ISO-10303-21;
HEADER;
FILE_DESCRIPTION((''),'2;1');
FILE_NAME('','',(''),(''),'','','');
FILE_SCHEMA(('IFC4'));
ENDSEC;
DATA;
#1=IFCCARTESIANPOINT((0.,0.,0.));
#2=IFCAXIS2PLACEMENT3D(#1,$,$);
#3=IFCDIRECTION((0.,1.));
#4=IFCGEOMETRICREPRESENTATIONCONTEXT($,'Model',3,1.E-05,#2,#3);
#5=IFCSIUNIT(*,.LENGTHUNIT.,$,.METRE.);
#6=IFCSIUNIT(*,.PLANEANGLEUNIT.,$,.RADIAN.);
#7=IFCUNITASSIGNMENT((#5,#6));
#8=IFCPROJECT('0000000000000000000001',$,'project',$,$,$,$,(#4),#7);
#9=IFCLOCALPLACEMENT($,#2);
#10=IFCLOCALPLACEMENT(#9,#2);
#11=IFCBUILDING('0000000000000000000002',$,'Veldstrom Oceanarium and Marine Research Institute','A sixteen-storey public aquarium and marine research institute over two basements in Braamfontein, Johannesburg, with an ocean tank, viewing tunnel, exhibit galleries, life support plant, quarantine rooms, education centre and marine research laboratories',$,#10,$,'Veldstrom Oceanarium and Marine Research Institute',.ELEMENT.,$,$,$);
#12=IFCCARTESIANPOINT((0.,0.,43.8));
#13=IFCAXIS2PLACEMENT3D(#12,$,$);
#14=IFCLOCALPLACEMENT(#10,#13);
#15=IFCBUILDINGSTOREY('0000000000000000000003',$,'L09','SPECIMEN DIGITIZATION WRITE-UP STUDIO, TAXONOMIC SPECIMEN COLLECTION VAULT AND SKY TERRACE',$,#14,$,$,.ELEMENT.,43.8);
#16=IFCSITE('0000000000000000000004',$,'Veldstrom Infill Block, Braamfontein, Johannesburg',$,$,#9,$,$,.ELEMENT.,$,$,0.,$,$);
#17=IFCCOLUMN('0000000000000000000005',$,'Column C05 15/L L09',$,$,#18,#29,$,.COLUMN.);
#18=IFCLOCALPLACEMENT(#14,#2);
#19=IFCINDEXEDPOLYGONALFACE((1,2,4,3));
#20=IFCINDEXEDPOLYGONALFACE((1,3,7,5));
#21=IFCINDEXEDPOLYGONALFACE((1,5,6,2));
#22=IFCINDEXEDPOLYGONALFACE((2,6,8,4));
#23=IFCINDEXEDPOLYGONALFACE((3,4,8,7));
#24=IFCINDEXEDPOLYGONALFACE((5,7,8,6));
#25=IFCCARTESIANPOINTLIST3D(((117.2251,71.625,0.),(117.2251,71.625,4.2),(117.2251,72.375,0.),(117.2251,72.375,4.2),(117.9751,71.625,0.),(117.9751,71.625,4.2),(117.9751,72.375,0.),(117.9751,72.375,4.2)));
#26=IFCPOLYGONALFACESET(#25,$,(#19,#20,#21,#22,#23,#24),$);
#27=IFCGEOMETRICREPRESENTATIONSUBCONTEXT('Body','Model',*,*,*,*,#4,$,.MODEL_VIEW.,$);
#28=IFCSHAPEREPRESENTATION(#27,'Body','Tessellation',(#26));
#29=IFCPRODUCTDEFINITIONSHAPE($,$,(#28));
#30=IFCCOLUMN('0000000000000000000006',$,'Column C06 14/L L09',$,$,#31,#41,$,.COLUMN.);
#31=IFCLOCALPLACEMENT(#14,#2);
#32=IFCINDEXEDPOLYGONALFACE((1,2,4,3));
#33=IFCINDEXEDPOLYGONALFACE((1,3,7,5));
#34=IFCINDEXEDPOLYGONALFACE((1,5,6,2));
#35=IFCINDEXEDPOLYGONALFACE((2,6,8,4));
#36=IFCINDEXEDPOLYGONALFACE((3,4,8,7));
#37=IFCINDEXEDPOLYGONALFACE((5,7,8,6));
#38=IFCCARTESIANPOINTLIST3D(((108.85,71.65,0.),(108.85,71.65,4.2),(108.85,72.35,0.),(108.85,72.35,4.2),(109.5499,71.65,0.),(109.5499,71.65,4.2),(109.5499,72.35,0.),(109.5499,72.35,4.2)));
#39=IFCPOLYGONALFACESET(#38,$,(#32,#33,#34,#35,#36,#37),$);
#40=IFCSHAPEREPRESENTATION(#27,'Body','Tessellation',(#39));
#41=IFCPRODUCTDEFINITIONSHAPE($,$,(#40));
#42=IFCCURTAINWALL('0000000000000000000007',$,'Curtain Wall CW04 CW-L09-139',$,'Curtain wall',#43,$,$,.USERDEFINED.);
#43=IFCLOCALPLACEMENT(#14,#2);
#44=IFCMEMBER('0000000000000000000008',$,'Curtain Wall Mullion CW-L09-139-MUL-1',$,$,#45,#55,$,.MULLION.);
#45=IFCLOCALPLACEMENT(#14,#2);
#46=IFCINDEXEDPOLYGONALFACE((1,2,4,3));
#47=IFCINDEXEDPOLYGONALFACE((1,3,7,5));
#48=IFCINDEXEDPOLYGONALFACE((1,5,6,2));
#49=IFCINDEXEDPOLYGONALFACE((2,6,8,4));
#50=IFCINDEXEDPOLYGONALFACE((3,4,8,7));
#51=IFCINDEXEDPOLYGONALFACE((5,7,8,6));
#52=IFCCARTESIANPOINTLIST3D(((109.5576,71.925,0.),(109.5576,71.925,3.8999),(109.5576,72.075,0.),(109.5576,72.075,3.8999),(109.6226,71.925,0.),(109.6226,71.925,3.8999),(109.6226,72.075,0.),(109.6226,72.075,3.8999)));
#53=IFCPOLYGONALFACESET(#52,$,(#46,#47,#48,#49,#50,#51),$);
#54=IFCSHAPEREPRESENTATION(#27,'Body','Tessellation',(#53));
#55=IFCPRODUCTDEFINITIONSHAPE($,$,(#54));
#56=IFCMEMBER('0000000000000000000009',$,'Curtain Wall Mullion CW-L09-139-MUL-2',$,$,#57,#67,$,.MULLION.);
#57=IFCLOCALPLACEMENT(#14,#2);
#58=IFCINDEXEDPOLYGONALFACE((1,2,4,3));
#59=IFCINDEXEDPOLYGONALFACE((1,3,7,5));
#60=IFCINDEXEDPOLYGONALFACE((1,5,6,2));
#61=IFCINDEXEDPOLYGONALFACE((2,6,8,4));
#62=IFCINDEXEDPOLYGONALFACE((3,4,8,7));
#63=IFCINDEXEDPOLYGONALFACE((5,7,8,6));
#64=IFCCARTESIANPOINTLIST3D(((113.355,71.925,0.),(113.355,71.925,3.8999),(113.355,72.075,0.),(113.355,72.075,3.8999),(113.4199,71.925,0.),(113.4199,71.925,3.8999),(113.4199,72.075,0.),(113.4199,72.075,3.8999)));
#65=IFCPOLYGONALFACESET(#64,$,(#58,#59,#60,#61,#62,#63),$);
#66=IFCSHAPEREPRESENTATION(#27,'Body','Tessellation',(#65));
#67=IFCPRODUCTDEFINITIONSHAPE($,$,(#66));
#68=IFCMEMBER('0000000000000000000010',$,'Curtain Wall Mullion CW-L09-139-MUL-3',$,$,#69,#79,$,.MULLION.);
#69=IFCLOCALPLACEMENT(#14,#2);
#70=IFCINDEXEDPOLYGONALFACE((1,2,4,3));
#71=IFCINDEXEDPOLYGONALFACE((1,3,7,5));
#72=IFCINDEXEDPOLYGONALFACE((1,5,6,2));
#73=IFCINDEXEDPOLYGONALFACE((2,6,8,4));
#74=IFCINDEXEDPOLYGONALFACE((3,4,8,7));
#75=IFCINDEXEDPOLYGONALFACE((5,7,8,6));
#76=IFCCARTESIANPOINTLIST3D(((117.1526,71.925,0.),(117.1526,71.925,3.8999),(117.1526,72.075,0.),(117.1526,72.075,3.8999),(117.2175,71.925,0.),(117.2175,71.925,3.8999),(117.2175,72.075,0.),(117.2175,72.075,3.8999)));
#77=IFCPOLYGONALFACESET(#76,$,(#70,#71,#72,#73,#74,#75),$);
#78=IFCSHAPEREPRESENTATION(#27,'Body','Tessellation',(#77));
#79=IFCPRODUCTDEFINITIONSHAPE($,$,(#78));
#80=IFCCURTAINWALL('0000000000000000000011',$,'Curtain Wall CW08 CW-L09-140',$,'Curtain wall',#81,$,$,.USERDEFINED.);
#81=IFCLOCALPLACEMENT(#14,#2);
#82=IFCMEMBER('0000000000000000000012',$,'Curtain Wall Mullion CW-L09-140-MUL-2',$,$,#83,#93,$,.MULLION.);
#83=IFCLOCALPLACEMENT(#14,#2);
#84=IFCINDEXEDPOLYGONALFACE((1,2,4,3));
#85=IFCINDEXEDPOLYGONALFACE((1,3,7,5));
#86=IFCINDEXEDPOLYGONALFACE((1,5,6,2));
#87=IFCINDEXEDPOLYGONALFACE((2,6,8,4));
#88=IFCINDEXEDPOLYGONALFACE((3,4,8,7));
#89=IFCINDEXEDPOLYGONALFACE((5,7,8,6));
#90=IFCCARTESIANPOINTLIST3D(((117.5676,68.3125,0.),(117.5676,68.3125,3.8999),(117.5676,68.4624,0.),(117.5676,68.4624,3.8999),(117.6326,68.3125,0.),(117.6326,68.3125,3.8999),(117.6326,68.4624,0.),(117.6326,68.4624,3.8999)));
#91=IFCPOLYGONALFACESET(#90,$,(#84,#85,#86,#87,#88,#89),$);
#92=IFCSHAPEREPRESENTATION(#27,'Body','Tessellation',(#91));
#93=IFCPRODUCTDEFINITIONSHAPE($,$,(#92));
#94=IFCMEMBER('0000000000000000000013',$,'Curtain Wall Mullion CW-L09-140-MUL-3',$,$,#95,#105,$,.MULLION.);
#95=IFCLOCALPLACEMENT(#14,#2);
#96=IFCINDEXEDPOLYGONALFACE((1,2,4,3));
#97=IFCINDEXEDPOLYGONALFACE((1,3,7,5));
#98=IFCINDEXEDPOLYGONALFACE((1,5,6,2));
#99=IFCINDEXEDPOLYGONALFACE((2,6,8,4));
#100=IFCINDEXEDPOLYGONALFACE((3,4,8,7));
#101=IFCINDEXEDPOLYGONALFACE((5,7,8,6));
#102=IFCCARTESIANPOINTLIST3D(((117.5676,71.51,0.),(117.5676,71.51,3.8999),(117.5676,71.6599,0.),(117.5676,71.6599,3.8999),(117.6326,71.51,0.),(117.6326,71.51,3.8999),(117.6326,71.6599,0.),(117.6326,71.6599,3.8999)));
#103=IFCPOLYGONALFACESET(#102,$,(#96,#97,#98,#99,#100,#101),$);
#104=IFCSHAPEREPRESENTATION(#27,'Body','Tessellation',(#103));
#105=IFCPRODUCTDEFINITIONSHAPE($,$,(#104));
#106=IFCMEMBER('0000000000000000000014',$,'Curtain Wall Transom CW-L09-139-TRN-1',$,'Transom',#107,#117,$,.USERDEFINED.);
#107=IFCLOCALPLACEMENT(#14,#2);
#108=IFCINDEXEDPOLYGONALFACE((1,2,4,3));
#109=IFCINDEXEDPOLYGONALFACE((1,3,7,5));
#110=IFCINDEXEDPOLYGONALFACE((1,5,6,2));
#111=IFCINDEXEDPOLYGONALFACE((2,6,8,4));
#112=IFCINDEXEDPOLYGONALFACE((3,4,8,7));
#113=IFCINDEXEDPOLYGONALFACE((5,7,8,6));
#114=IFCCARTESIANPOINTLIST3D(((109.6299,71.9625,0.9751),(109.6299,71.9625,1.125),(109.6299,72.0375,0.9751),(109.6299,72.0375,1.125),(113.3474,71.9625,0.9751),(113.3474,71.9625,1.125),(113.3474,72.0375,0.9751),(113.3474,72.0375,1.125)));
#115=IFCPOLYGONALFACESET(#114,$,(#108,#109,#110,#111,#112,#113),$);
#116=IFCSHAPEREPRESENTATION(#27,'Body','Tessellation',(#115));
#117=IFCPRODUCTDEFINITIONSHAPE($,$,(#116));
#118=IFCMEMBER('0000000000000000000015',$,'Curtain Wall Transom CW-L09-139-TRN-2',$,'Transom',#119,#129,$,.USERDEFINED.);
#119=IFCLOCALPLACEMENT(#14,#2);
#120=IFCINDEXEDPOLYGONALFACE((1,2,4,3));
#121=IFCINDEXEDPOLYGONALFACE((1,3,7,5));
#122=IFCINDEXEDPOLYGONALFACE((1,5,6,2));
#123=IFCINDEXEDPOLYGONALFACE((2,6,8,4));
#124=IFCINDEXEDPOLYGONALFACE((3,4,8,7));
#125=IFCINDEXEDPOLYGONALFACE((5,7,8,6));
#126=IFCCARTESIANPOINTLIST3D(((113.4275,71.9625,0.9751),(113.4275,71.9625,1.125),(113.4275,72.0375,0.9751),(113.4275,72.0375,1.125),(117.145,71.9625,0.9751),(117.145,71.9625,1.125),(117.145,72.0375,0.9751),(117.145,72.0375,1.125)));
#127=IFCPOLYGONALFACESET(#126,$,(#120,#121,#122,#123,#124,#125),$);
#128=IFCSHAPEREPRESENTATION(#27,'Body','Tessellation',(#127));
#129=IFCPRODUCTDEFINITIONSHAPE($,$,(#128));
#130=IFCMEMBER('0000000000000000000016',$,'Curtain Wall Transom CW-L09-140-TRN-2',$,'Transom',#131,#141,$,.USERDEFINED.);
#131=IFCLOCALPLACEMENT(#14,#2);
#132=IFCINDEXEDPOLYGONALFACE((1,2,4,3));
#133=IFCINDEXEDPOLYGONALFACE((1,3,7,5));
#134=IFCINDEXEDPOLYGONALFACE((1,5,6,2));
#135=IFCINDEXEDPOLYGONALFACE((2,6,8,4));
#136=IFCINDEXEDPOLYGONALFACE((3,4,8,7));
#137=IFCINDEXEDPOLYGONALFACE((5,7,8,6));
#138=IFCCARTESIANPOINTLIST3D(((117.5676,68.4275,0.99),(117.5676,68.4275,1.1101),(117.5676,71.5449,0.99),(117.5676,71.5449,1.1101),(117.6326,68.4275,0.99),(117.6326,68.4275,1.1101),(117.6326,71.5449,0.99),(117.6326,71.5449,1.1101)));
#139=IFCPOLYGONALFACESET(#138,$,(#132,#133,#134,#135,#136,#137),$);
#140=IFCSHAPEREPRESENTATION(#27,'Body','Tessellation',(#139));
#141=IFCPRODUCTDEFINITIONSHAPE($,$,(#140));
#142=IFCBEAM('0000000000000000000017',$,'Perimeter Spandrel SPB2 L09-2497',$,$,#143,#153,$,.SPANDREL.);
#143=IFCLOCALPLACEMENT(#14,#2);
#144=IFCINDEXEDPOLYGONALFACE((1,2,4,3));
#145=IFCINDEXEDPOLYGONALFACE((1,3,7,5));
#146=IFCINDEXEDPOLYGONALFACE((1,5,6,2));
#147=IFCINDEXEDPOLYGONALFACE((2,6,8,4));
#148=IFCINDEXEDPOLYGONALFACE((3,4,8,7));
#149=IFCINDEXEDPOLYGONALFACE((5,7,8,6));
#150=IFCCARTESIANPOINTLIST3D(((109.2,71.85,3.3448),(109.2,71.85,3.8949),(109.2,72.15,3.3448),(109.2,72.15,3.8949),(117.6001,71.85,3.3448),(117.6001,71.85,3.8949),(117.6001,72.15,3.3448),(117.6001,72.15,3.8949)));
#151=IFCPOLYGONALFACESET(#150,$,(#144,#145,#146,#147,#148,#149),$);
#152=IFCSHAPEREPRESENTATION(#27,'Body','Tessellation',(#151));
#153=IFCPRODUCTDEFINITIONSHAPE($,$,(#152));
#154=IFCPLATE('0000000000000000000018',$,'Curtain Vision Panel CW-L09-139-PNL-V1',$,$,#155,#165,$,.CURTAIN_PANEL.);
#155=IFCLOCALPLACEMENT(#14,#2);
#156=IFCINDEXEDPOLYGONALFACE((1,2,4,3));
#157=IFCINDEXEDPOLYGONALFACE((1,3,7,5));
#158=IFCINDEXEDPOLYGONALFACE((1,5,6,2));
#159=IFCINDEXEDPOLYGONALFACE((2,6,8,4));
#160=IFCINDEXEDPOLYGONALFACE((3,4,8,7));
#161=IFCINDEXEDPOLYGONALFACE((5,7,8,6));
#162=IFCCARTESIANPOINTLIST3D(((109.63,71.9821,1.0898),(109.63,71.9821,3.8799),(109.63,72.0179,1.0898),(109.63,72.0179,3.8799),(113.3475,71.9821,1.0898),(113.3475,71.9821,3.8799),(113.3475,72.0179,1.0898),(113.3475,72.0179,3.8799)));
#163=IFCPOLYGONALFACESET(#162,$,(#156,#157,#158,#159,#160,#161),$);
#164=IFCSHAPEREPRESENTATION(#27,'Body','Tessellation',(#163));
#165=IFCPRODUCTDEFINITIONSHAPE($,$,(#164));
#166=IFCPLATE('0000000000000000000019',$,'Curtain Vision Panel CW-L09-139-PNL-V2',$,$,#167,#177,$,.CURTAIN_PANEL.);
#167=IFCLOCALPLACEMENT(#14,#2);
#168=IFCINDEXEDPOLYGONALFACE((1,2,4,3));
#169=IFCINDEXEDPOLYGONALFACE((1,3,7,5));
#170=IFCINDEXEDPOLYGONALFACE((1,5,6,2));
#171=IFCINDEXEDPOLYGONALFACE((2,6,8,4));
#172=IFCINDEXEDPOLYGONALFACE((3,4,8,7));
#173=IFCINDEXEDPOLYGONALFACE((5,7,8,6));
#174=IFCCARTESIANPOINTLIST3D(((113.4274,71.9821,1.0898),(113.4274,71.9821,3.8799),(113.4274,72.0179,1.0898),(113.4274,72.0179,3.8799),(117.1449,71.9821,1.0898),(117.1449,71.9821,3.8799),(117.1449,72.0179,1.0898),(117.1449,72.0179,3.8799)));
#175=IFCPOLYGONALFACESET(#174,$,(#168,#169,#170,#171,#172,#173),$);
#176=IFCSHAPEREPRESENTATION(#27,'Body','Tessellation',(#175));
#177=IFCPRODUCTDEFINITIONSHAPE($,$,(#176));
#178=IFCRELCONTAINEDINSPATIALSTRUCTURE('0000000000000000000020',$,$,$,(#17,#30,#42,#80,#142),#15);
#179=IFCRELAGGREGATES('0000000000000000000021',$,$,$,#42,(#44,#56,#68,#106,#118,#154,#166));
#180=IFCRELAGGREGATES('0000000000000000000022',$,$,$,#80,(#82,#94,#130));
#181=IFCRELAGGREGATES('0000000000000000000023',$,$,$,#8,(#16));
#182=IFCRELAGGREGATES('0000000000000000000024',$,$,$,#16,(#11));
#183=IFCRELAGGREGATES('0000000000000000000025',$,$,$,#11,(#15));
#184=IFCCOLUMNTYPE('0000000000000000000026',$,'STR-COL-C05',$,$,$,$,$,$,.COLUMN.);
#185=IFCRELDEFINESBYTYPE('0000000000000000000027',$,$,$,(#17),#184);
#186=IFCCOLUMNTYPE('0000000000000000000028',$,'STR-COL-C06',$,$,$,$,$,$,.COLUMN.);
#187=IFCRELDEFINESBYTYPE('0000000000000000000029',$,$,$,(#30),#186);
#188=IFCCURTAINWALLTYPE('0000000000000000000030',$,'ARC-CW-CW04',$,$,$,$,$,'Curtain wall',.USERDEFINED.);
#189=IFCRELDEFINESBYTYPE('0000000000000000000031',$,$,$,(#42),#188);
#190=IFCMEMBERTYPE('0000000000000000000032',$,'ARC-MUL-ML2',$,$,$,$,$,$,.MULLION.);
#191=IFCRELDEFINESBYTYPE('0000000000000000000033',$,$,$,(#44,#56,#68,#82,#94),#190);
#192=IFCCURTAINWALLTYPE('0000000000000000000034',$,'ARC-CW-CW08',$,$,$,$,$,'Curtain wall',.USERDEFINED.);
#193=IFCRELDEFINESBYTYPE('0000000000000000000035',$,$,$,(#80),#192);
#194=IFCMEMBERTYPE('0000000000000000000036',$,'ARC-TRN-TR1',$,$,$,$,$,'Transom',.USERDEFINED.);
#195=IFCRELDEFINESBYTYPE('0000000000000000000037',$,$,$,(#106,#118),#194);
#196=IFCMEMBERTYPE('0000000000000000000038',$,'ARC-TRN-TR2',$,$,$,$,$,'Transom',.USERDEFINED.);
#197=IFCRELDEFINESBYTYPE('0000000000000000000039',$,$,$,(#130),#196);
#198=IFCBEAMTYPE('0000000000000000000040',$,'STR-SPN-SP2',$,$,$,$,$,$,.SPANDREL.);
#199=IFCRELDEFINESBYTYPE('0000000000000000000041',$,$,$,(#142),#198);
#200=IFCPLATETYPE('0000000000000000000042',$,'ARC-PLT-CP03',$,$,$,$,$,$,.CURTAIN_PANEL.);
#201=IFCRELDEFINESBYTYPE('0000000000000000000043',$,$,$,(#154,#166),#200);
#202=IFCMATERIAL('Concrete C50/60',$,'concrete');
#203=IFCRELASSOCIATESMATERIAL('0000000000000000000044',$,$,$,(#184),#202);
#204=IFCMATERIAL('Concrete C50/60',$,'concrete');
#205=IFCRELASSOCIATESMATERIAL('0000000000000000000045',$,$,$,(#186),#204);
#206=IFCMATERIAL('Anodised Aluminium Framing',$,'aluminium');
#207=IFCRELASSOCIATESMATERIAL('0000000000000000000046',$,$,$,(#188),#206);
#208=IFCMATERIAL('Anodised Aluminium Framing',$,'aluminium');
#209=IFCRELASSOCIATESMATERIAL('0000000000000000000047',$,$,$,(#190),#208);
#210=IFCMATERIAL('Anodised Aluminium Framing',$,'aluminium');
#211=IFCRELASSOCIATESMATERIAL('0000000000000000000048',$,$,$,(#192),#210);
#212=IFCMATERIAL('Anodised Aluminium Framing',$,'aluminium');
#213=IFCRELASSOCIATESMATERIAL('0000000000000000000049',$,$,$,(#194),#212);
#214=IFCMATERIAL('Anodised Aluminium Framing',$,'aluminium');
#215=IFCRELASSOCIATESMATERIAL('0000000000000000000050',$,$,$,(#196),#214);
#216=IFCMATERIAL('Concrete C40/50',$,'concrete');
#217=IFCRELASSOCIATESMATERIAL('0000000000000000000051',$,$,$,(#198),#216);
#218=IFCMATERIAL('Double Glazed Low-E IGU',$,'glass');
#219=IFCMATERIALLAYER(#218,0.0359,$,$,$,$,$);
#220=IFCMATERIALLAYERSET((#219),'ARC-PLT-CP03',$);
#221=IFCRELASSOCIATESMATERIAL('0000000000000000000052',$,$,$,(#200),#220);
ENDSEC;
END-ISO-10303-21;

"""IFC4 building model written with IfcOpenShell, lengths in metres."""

from ifc_helpers import new_model, si_unit, direction, frame, origin, origin_2d, place, context, subcontext, project, spatial, rectangle, extrude, material, layer, layer_set, material_profile, profile_set, type_object, element, aggregate, save


model = new_model("IFC4")

# Units and contexts
model_context = context("Model", 3, precision=1e-05, world=origin(), true_north=direction((0.0, 1.0)))
body_context = subcontext(model_context, "Body", "Model", "MODEL_VIEW")
ifc_project = project(units=[si_unit("LENGTHUNIT", "METRE"), si_unit("PLANEANGLEUNIT", "RADIAN")], contexts=[model_context])

# Site, building, storey
site_placement = place(None, origin())
site = spatial("IfcSite", under=ifc_project, at=site_placement, Name="Veldstrom Infill Block, Braamfontein, Johannesburg", CompositionType="ELEMENT", RefElevation=0.0)
building_placement = place(site_placement, origin())
building = spatial("IfcBuilding", under=site, at=building_placement, Name="Veldstrom Oceanarium and Marine Research Institute", Description="A sixteen-storey public aquarium and marine research institute over two basements in Braamfontein, Johannesburg, with an ocean tank, viewing tunnel, exhibit galleries, life support plant, quarantine rooms, education centre and marine research laboratories", LongName="Veldstrom Oceanarium and Marine Research Institute", CompositionType="ELEMENT")
storey_placement = place(building_placement, frame((0.0, 0.0, 43.8)))
storey = spatial("IfcBuildingStorey", under=building, at=storey_placement, Name="L09", Description="SPECIMEN DIGITIZATION WRITE-UP STUDIO, TAXONOMIC SPECIMEN COLLECTION VAULT AND SKY TERRACE", CompositionType="ELEMENT", Elevation=43.8)

# Columns
ifc_material_1 = material(Name="Concrete C50/60", Category="concrete")
ifc_material_profile_1 = material_profile(ifc_material_1, rectangle(XDim=0.75, YDim=0.75, at=origin_2d()), Name="RC-COL-750x750")
ifc_profile_set_1 = profile_set([ifc_material_profile_1], Name="Concrete C50/60")
column_type_1 = type_object("IfcColumnType", Name="STR-COL-C05", PredefinedType="COLUMN", material=ifc_profile_set_1)
column_1_placement = place(storey_placement, frame((117.6001, 72.0, 0.0), z_axis=(0.0, 0.0, 1.0), x_axis=(1.0, 0.0, 0.0)))
element("IfcColumn", 1, at=column_1_placement, inside=storey, type_object=column_type_1, Name="Column C05 15/L L09", PredefinedType="COLUMN", context=body_context, shape_type="SweptSolid", body=[
    extrude(rectangle(XDim=0.75, YDim=0.75, at=origin_2d()), origin(), (0.0, 0.0, 1.0), 4.2),
])
ifc_material_2 = material(Name="Concrete C50/60", Category="concrete")
ifc_material_profile_2 = material_profile(ifc_material_2, rectangle(XDim=0.7, YDim=0.7, at=origin_2d()), Name="RC-COL-700x700")
ifc_profile_set_2 = profile_set([ifc_material_profile_2], Name="Concrete C50/60")
column_type_2 = type_object("IfcColumnType", Name="STR-COL-C06", PredefinedType="COLUMN", material=ifc_profile_set_2)
column_2_placement = place(storey_placement, frame((109.2, 72.0, 0.0), z_axis=(0.0, 0.0, 1.0), x_axis=(1.0, 0.0, 0.0)))
element("IfcColumn", 2, at=column_2_placement, inside=storey, type_object=column_type_2, Name="Column C06 14/L L09", PredefinedType="COLUMN", context=body_context, shape_type="SweptSolid", body=[
    extrude(rectangle(XDim=0.7, YDim=0.7, at=origin_2d()), origin(), (0.0, 0.0, 1.0), 4.2),
])

# Curtain walls, members
ifc_material_3 = material(Name="Anodised Aluminium Framing", Category="aluminium")
curtain_wall_type_1 = type_object("IfcCurtainWallType", Name="ARC-CW-CW04", ElementType="Curtain wall", PredefinedType="USERDEFINED", material=ifc_material_3)
curtain_wall_1_placement = place(storey_placement, origin())
curtain_wall_1 = element("IfcCurtainWall", 3, at=curtain_wall_1_placement, inside=storey, type_object=curtain_wall_type_1, Name="Curtain Wall CW04 CW-L09-139", ObjectType="Curtain wall", PredefinedType="USERDEFINED")
ifc_material_4 = material(Name="Anodised Aluminium Framing", Category="aluminium")
ifc_material_profile_3 = material_profile(ifc_material_4, rectangle(XDim=0.0649, YDim=0.1499, at=origin_2d()), Name="ALU-MUL-65x150")
ifc_profile_set_3 = profile_set([ifc_material_profile_3], Name="Anodised Aluminium Framing")
member_type_1 = type_object("IfcMemberType", Name="ARC-MUL-ML2", PredefinedType="MULLION", material=ifc_profile_set_3)
member_1_placement = place(storey_placement, frame((109.5901, 72.0, 0.0), z_axis=(0.0, 0.0, 1.0), x_axis=(1.0, 0.0, 0.0)))
member_1 = element("IfcMember", 4, at=member_1_placement, type_object=member_type_1, Name="Curtain Wall Mullion CW-L09-139-MUL-1", PredefinedType="MULLION", context=body_context, shape_type="SweptSolid", body=[
    extrude(rectangle(XDim=0.0649, YDim=0.1499, at=origin_2d()), origin(), (0.0, 0.0, 1.0), 3.8999),
])
member_2_placement = place(storey_placement, frame((113.3875, 72.0, 0.0), z_axis=(0.0, 0.0, 1.0), x_axis=(1.0, 0.0, 0.0)))
member_2 = element("IfcMember", 5, at=member_2_placement, type_object=member_type_1, Name="Curtain Wall Mullion CW-L09-139-MUL-2", PredefinedType="MULLION", context=body_context, shape_type="SweptSolid", body=[
    extrude(rectangle(XDim=0.0649, YDim=0.1499, at=origin_2d()), origin(), (0.0, 0.0, 1.0), 3.8999),
])
member_3_placement = place(storey_placement, frame((117.1851, 72.0, 0.0), z_axis=(0.0, 0.0, 1.0), x_axis=(1.0, 0.0, 0.0)))
member_3 = element("IfcMember", 6, at=member_3_placement, type_object=member_type_1, Name="Curtain Wall Mullion CW-L09-139-MUL-3", PredefinedType="MULLION", context=body_context, shape_type="SweptSolid", body=[
    extrude(rectangle(XDim=0.0649, YDim=0.1499, at=origin_2d()), origin(), (0.0, 0.0, 1.0), 3.8999),
])
ifc_material_5 = material(Name="Anodised Aluminium Framing", Category="aluminium")
curtain_wall_type_2 = type_object("IfcCurtainWallType", Name="ARC-CW-CW08", ElementType="Curtain wall", PredefinedType="USERDEFINED", material=ifc_material_5)
curtain_wall_2_placement = place(storey_placement, origin())
curtain_wall_2 = element("IfcCurtainWall", 7, at=curtain_wall_2_placement, inside=storey, type_object=curtain_wall_type_2, Name="Curtain Wall CW08 CW-L09-140", ObjectType="Curtain wall", PredefinedType="USERDEFINED")
member_4_placement = place(storey_placement, frame((117.6001, 68.3875, 0.0), z_axis=(0.0, 0.0, 1.0), x_axis=(1.0, 0.0, 0.0)))
member_4 = element("IfcMember", 8, at=member_4_placement, type_object=member_type_1, Name="Curtain Wall Mullion CW-L09-140-MUL-2", PredefinedType="MULLION", context=body_context, shape_type="SweptSolid", body=[
    extrude(rectangle(XDim=0.0649, YDim=0.1499, at=origin_2d()), origin(), (0.0, 0.0, 1.0), 3.8999),
])
member_5_placement = place(storey_placement, frame((117.6001, 71.585, 0.0), z_axis=(0.0, 0.0, 1.0), x_axis=(1.0, 0.0, 0.0)))
member_5 = element("IfcMember", 9, at=member_5_placement, type_object=member_type_1, Name="Curtain Wall Mullion CW-L09-140-MUL-3", PredefinedType="MULLION", context=body_context, shape_type="SweptSolid", body=[
    extrude(rectangle(XDim=0.0649, YDim=0.1499, at=origin_2d()), origin(), (0.0, 0.0, 1.0), 3.8999),
])

# Members
ifc_material_6 = material(Name="Anodised Aluminium Framing", Category="aluminium")
ifc_material_profile_4 = material_profile(ifc_material_6, rectangle(XDim=0.075, YDim=0.1499, at=origin_2d()), Name="ALU-TRN-75x150")
ifc_profile_set_4 = profile_set([ifc_material_profile_4], Name="Anodised Aluminium Framing")
member_type_2 = type_object("IfcMemberType", Name="ARC-TRN-TR1", ElementType="Transom", PredefinedType="USERDEFINED", material=ifc_profile_set_4)
member_6_placement = place(storey_placement, frame((109.6299, 72.0, 1.05), z_axis=(1.0, 0.0, 0.0), x_axis=(0.0, 1.0, 0.0)))
member_6 = element("IfcMember", 10, at=member_6_placement, type_object=member_type_2, Name="Curtain Wall Transom CW-L09-139-TRN-1", ObjectType="Transom", PredefinedType="USERDEFINED", context=body_context, shape_type="SweptSolid", body=[
    extrude(rectangle(XDim=0.075, YDim=0.1499, at=origin_2d()), origin(), (0.0, 0.0, 1.0), 3.7175),
])
member_7_placement = place(storey_placement, frame((113.4275, 72.0, 1.05), z_axis=(1.0, 0.0, 0.0), x_axis=(0.0, 1.0, 0.0)))
member_7 = element("IfcMember", 11, at=member_7_placement, type_object=member_type_2, Name="Curtain Wall Transom CW-L09-139-TRN-2", ObjectType="Transom", PredefinedType="USERDEFINED", context=body_context, shape_type="SweptSolid", body=[
    extrude(rectangle(XDim=0.075, YDim=0.1499, at=origin_2d()), origin(), (0.0, 0.0, 1.0), 3.7175),
])
ifc_material_7 = material(Name="Anodised Aluminium Framing", Category="aluminium")
ifc_material_profile_5 = material_profile(ifc_material_7, rectangle(XDim=0.0649, YDim=0.1201, at=origin_2d()), Name="ALU-TRN-65x120")
ifc_profile_set_5 = profile_set([ifc_material_profile_5], Name="Anodised Aluminium Framing")
member_type_3 = type_object("IfcMemberType", Name="ARC-TRN-TR2", ElementType="Transom", PredefinedType="USERDEFINED", material=ifc_profile_set_5)
member_8_placement = place(storey_placement, frame((117.6001, 68.4275, 1.05), z_axis=(0.0, 1.0, 0.0), x_axis=(-1.0, 0.0, 0.0)))
member_8 = element("IfcMember", 12, at=member_8_placement, type_object=member_type_3, Name="Curtain Wall Transom CW-L09-140-TRN-2", ObjectType="Transom", PredefinedType="USERDEFINED", context=body_context, shape_type="SweptSolid", body=[
    extrude(rectangle(XDim=0.0649, YDim=0.1201, at=origin_2d()), origin(), (0.0, 0.0, 1.0), 3.1174),
])

# Beam
ifc_material_8 = material(Name="Concrete C40/50", Category="concrete")
ifc_material_profile_6 = material_profile(ifc_material_8, rectangle(XDim=0.3, YDim=0.55, at=origin_2d()), Name="RC-SPN-300x550")
ifc_profile_set_6 = profile_set([ifc_material_profile_6], Name="Concrete C40/50")
beam_type = type_object("IfcBeamType", Name="STR-SPN-SP2", PredefinedType="SPANDREL", material=ifc_profile_set_6)
beam_placement = place(storey_placement, frame((109.2, 72.0, 3.6199), z_axis=(1.0, 0.0, 0.0), x_axis=(0.0, 1.0, 0.0)))
element("IfcBeam", 13, at=beam_placement, inside=storey, type_object=beam_type, Name="Perimeter Spandrel SPB2 L09-2497", PredefinedType="SPANDREL", context=body_context, shape_type="SweptSolid", body=[
    extrude(rectangle(XDim=0.3, YDim=0.55, at=origin_2d()), origin(), (0.0, 0.0, 1.0), 8.4001),
])

# Plates
ifc_material_9 = material(Name="Double Glazed Low-E IGU", Category="glass")
ifc_layer_1 = layer(ifc_material_9, 0.0359)
ifc_layer_set_1 = layer_set([ifc_layer_1], Name="ARC-PLT-CP03")
plate_type_1 = type_object("IfcPlateType", Name="ARC-PLT-CP03", PredefinedType="CURTAIN_PANEL", material=ifc_layer_set_1)
plate_1_placement = place(storey_placement, frame((111.4888, 72.0, 1.0898), z_axis=(0.0, 0.0, 1.0), x_axis=(1.0, 0.0, 0.0)))
plate_1 = element("IfcPlate", 14, at=plate_1_placement, type_object=plate_type_1, Name="Curtain Vision Panel CW-L09-139-PNL-V1", PredefinedType="CURTAIN_PANEL", context=body_context, shape_type="SweptSolid", body=[
    extrude(rectangle(XDim=3.7175, YDim=0.0359, at=origin_2d()), origin(), (0.0, 0.0, 1.0), 2.79),
])
plate_2_placement = place(storey_placement, frame((115.2861, 72.0, 1.0898), z_axis=(0.0, 0.0, 1.0), x_axis=(1.0, 0.0, 0.0)))
plate_2 = element("IfcPlate", 15, at=plate_2_placement, type_object=plate_type_1, Name="Curtain Vision Panel CW-L09-139-PNL-V2", PredefinedType="CURTAIN_PANEL", context=body_context, shape_type="SweptSolid", body=[
    extrude(rectangle(XDim=3.7175, YDim=0.0359, at=origin_2d()), origin(), (0.0, 0.0, 1.0), 2.79),
])
aggregate(curtain_wall_1, [member_1, member_2, member_3, member_6, member_7, plate_1, plate_2])
aggregate(curtain_wall_2, [member_4, member_5, member_8])

save(model, "model.ifc")
